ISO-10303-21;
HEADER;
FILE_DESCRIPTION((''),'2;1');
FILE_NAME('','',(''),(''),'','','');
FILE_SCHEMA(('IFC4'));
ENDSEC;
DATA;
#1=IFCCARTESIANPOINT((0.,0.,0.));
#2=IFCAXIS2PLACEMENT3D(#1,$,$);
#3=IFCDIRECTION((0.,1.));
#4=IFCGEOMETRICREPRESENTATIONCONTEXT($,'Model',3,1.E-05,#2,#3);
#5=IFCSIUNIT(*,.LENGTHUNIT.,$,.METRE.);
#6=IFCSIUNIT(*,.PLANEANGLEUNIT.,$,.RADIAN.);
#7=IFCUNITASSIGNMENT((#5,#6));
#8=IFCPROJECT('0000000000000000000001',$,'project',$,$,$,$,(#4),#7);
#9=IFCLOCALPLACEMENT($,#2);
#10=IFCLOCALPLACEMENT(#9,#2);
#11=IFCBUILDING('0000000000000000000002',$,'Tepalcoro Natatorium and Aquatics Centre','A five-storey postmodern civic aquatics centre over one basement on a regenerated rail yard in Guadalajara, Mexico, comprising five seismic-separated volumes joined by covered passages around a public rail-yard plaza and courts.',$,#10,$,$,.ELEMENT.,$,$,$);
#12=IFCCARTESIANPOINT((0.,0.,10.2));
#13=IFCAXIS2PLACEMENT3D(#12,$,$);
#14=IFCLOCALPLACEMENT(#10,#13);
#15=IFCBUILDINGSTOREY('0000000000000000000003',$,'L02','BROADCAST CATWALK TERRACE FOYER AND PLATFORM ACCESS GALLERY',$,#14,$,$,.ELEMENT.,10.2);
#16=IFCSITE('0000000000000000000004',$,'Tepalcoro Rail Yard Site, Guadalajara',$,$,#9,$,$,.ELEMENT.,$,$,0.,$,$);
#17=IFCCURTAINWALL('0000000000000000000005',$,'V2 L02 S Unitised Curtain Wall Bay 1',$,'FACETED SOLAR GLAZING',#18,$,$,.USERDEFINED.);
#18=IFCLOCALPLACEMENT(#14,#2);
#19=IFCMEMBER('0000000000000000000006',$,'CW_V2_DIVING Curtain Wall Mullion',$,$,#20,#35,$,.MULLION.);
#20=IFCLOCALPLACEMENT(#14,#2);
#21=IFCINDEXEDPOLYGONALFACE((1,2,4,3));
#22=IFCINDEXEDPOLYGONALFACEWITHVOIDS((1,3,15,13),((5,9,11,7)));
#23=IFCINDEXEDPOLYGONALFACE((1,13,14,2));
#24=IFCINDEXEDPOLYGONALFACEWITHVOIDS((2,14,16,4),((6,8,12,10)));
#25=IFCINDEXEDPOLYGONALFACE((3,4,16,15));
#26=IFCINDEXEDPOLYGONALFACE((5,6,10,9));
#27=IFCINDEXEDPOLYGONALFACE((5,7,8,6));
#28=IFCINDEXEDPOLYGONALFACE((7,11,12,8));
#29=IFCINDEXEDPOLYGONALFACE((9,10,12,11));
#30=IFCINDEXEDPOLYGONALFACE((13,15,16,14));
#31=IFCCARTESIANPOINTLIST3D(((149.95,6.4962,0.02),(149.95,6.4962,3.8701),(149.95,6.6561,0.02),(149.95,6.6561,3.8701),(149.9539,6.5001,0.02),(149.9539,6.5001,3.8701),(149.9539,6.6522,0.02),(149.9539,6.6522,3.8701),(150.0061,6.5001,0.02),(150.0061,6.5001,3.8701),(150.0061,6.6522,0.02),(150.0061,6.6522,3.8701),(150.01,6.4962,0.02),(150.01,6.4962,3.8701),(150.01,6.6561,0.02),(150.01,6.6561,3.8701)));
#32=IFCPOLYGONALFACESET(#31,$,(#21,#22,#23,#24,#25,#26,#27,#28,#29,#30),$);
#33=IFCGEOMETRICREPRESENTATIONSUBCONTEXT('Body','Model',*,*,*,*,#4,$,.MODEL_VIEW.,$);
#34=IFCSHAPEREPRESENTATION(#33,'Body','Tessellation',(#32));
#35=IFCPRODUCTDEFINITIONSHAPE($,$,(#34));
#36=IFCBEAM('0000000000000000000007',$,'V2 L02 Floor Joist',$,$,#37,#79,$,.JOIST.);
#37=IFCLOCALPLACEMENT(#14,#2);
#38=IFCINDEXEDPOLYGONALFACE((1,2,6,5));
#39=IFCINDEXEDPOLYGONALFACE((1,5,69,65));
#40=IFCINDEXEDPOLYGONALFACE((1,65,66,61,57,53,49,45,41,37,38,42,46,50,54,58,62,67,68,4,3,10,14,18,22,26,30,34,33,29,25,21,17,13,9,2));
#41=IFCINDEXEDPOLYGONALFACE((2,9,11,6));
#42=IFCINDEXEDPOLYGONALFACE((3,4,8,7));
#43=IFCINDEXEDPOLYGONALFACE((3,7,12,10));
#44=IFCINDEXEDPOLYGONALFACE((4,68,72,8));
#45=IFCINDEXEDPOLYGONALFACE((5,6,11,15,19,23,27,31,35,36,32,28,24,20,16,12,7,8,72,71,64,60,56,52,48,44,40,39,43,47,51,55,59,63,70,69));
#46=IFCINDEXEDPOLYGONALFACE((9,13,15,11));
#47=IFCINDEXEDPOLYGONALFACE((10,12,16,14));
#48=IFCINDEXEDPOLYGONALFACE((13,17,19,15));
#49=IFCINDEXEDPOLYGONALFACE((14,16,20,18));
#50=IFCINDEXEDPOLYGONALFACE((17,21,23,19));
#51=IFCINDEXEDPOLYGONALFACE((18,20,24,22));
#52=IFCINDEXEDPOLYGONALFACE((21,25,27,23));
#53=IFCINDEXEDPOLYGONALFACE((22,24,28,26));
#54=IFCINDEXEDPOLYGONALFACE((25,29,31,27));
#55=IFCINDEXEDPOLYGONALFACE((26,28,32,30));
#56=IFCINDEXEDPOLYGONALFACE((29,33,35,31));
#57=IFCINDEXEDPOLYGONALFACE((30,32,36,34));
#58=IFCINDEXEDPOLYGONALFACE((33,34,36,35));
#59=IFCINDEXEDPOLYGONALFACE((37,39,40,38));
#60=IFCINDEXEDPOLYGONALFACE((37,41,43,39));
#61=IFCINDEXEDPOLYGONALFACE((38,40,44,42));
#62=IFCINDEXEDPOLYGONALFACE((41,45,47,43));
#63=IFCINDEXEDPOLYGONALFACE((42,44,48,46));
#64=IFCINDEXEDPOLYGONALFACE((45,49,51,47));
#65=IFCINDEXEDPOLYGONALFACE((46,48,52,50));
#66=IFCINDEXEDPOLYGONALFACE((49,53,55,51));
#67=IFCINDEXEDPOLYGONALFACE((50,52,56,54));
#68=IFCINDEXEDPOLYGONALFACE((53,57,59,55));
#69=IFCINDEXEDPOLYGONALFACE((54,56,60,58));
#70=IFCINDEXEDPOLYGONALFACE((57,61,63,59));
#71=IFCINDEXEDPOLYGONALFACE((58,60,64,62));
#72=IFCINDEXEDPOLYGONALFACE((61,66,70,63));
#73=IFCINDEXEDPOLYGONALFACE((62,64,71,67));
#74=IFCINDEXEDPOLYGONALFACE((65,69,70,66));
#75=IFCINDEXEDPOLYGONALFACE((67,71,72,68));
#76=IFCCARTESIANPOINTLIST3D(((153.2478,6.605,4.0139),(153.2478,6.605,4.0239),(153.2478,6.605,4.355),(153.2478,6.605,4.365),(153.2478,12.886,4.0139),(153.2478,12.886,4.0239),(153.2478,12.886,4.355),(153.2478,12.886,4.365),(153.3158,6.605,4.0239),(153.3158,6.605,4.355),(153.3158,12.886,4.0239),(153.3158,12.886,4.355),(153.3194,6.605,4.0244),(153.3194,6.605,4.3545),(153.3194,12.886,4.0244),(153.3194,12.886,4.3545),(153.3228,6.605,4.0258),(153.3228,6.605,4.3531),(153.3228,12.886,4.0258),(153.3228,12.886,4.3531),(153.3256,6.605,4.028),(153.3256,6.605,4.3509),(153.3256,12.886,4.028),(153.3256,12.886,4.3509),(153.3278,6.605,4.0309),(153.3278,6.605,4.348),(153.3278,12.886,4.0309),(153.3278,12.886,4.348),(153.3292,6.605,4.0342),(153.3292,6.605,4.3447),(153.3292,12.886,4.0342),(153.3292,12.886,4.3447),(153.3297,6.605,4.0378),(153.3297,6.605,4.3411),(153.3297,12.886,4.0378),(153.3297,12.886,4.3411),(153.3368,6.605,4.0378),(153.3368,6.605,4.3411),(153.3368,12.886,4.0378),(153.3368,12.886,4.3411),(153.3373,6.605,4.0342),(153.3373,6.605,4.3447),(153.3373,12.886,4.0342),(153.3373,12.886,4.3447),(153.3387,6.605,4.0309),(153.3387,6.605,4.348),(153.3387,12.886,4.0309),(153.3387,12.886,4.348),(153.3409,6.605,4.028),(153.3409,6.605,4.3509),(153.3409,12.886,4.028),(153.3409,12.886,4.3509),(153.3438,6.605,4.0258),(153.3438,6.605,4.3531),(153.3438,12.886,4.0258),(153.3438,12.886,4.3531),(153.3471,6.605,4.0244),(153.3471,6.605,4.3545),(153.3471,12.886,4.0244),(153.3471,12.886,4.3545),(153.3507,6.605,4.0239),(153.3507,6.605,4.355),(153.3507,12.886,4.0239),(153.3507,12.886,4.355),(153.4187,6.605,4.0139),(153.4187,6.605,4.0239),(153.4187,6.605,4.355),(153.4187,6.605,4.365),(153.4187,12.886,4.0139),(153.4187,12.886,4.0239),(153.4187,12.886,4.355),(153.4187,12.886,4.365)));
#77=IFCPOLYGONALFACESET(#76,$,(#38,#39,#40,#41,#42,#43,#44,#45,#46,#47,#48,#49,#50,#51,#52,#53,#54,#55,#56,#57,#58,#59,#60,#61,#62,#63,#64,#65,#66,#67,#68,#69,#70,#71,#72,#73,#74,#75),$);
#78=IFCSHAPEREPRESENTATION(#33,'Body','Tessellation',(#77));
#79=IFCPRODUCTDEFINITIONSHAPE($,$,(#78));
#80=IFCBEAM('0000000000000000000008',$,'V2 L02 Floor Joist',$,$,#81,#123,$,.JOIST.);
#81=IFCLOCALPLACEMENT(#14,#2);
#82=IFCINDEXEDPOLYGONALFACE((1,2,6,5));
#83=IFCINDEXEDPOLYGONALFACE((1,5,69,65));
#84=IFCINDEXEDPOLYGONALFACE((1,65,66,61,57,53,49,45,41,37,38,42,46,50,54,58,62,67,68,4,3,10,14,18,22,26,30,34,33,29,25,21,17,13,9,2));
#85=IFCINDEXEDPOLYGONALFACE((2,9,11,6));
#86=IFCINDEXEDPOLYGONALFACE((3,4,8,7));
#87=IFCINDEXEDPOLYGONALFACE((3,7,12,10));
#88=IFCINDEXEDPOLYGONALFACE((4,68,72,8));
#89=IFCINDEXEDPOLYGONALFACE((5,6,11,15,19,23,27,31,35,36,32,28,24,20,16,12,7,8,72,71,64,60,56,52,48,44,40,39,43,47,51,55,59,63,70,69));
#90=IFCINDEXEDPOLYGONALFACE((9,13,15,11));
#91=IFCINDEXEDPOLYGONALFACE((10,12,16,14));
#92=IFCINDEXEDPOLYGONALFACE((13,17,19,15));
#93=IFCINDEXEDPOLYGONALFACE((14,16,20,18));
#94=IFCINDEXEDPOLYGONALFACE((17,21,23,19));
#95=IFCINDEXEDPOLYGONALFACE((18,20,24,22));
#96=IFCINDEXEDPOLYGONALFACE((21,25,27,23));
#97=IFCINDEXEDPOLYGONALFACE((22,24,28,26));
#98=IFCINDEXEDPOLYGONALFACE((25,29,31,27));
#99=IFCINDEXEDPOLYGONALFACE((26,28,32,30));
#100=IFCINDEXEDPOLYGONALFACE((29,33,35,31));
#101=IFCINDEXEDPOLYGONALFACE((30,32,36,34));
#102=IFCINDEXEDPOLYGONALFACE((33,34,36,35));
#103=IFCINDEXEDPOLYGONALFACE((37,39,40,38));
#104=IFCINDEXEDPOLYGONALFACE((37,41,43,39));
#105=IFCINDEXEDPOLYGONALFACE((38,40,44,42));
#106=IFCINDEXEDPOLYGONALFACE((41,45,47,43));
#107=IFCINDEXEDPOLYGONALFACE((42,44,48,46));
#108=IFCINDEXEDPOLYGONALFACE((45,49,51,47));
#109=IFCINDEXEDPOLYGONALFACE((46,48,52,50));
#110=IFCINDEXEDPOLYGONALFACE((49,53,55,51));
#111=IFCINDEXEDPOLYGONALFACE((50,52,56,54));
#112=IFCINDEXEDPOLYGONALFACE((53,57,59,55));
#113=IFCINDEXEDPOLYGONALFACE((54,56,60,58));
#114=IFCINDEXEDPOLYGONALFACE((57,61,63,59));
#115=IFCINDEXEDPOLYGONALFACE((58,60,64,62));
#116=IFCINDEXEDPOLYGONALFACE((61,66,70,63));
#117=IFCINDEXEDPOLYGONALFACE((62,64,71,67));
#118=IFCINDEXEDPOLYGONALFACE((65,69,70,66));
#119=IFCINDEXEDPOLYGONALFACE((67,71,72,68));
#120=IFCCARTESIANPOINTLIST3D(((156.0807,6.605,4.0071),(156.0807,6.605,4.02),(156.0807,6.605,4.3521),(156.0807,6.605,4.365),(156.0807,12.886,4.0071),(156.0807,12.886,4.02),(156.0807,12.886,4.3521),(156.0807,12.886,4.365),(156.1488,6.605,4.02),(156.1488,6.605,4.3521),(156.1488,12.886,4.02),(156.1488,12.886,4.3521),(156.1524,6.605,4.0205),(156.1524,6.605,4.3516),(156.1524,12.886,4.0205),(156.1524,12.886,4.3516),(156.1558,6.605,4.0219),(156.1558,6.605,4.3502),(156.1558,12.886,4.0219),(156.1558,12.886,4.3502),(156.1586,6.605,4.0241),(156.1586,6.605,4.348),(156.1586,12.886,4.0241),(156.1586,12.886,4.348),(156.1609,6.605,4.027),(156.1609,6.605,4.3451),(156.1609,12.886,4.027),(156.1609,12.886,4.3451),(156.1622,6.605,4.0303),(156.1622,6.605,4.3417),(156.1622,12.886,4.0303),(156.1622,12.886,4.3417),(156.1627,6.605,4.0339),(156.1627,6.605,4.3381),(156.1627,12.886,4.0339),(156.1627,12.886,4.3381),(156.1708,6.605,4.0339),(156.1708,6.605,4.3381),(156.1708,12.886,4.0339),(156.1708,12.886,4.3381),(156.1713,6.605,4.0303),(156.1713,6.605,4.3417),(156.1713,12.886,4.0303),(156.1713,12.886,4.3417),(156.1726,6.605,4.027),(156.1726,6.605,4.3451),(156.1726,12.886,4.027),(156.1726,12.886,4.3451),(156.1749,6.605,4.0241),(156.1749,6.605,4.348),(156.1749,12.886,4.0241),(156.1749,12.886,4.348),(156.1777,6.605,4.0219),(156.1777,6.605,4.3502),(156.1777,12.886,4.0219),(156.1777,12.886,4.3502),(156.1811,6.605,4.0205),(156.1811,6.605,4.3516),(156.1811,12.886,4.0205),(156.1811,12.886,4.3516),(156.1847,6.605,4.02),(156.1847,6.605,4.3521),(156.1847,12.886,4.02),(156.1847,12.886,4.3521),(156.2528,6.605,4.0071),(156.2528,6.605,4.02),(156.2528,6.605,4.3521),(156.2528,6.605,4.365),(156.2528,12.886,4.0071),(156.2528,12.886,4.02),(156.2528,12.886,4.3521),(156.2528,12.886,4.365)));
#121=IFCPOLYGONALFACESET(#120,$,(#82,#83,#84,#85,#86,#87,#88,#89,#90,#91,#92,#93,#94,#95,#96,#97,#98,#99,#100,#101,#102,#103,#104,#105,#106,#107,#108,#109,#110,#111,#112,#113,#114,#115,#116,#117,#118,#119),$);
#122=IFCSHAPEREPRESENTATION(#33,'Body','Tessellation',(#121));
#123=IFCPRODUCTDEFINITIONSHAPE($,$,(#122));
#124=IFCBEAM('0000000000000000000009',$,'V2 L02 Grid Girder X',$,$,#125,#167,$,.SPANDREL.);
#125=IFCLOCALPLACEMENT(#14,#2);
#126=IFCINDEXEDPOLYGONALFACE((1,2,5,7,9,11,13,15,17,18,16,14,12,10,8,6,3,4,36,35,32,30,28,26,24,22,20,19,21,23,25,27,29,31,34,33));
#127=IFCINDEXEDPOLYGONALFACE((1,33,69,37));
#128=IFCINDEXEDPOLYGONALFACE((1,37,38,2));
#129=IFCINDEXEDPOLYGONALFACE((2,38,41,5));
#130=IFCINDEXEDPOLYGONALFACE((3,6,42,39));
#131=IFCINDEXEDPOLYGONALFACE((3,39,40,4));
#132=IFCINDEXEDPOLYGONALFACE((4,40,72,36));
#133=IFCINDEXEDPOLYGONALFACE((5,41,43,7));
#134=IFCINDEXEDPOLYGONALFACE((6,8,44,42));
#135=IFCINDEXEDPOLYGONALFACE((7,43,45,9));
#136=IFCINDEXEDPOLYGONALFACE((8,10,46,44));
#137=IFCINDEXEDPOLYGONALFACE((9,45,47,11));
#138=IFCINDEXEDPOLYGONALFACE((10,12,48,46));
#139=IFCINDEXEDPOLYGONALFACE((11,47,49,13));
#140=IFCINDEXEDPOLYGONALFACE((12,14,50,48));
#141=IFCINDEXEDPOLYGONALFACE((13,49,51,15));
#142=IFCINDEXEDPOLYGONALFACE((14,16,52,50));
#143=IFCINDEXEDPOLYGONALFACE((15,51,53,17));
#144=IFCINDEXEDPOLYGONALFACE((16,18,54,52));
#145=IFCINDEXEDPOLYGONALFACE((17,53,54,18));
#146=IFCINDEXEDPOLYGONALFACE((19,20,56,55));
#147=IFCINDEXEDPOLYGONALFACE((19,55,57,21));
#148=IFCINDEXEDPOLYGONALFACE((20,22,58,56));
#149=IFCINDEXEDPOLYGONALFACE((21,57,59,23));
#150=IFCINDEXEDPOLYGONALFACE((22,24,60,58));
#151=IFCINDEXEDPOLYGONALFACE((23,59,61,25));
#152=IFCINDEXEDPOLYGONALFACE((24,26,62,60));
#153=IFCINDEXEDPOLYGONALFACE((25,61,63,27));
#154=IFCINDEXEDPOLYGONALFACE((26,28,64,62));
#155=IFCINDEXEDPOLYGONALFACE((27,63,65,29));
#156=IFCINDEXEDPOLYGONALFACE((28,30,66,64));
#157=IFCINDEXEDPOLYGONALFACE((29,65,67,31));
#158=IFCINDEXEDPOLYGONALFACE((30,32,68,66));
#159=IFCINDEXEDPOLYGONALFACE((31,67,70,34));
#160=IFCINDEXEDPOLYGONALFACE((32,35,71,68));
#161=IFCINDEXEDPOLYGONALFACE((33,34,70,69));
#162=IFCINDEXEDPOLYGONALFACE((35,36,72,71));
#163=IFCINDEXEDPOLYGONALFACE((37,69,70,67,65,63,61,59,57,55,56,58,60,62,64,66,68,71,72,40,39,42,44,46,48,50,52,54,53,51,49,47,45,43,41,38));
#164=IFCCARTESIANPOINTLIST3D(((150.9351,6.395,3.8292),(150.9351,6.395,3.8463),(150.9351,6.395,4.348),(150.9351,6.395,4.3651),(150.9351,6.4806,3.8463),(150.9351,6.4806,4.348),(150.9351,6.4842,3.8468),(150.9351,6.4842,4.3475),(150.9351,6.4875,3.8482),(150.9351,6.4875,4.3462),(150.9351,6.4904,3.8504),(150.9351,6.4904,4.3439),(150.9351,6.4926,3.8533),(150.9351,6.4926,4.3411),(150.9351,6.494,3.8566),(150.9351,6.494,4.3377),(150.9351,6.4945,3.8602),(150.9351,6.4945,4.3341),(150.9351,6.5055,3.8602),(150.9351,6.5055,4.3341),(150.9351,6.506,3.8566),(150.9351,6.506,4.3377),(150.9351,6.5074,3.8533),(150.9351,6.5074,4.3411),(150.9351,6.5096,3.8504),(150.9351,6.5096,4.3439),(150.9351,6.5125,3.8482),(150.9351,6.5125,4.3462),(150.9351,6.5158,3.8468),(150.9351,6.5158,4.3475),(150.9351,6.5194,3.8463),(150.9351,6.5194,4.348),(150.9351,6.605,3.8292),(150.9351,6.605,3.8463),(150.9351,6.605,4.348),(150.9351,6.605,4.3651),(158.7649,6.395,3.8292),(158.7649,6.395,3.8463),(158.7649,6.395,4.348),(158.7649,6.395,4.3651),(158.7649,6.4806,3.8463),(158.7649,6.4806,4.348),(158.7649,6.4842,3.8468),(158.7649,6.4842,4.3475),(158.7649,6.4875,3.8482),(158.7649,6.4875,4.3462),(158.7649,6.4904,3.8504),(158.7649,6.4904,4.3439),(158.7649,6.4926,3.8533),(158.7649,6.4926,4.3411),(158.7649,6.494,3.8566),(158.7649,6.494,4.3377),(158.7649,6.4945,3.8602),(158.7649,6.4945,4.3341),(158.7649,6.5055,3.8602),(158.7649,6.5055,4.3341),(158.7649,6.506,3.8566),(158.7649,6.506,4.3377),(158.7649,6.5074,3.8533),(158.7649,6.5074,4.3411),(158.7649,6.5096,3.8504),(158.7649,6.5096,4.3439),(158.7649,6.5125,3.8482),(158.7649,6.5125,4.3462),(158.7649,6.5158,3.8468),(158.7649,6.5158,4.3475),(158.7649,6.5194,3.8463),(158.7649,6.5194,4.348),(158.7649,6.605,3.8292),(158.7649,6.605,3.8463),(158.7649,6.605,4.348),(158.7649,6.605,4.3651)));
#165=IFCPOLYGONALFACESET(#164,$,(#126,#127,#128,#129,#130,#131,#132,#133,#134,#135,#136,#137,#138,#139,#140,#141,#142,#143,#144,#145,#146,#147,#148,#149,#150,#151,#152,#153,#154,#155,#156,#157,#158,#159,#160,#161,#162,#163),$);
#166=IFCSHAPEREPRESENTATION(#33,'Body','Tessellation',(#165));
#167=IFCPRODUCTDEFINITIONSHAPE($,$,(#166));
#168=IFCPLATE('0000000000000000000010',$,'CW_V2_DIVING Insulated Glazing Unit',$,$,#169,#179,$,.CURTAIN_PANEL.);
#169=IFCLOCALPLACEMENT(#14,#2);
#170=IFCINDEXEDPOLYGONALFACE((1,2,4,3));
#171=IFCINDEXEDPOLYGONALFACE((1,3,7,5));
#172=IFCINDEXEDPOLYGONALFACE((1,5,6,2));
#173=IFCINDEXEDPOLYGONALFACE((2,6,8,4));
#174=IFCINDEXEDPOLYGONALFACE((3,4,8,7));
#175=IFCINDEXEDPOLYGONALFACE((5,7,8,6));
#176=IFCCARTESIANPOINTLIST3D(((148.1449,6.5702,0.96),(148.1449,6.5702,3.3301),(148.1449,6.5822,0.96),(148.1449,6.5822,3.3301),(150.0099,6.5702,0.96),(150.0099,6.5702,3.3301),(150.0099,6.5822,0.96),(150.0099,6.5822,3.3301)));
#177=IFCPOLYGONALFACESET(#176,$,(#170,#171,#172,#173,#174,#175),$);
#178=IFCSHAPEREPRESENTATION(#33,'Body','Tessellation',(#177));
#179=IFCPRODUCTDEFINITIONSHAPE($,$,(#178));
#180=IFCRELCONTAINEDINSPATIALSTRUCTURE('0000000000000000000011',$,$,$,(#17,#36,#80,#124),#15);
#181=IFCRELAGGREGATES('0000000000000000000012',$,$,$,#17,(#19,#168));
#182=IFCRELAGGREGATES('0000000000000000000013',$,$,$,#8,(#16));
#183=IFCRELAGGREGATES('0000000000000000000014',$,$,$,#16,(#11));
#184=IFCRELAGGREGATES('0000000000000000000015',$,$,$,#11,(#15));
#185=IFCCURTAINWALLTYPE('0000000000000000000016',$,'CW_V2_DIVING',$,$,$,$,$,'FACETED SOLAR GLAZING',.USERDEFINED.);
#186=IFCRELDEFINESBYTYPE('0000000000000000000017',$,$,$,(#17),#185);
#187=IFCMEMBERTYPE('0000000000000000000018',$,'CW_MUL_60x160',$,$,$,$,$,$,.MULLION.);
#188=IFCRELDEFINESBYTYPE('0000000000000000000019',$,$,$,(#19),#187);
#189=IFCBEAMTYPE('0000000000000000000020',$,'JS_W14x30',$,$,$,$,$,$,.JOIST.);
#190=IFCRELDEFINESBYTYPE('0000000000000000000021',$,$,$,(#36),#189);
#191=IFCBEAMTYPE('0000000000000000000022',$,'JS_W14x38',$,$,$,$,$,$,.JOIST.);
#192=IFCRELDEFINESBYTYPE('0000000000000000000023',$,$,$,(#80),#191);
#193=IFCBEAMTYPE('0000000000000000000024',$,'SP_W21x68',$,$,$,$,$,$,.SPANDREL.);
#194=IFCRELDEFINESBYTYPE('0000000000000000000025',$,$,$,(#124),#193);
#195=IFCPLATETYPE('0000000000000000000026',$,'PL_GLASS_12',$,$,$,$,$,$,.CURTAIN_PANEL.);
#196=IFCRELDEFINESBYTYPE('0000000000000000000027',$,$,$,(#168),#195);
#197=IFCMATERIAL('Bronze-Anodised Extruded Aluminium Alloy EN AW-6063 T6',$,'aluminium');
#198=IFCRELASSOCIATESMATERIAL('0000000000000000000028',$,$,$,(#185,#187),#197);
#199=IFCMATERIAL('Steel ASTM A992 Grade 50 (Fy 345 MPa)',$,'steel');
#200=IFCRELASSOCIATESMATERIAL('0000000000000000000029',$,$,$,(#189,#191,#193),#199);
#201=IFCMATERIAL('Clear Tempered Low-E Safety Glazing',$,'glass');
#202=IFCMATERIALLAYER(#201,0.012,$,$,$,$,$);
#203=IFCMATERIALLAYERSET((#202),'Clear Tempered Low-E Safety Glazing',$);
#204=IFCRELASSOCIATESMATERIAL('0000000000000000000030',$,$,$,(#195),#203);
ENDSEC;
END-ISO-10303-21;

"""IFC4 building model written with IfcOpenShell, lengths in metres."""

from ifc_helpers import new_model, si_unit, direction, frame, origin, origin_2d, place, context, subcontext, project, spatial, rectangle, hollow_rectangle, i_section, extrude, material, layer, layer_set, material_profile, profile_set, type_object, element, aggregate, save


model = new_model("IFC4")

# Units and contexts
model_context = context("Model", 3, precision=1e-05, world=origin(), true_north=direction((0.0, 1.0)))
body_context = subcontext(model_context, "Body", "Model", "MODEL_VIEW")
ifc_project = project(units=[si_unit("LENGTHUNIT", "METRE"), si_unit("PLANEANGLEUNIT", "RADIAN")], contexts=[model_context])

# Site, building, storey
site_placement = place(None, origin())
site = spatial("IfcSite", under=ifc_project, at=site_placement, Name="Tepalcoro Rail Yard Site, Guadalajara", CompositionType="ELEMENT", RefElevation=0.0)
building_placement = place(site_placement, origin())
building = spatial("IfcBuilding", under=site, at=building_placement, Name="Tepalcoro Natatorium and Aquatics Centre", Description="A five-storey postmodern civic aquatics centre over one basement on a regenerated rail yard in Guadalajara, Mexico, comprising five seismic-separated volumes joined by covered passages around a public rail-yard plaza and courts.", CompositionType="ELEMENT")
storey_placement = place(building_placement, frame((0.0, 0.0, 10.2)))
storey = spatial("IfcBuildingStorey", under=building, at=storey_placement, Name="L02", Description="BROADCAST CATWALK TERRACE FOYER AND PLATFORM ACCESS GALLERY", CompositionType="ELEMENT", Elevation=10.2)

# Shared definitions
ifc_material_1 = material(Name="Steel ASTM A992 Grade 50 (Fy 345 MPa)", Category="steel")

# Curtain wall, member
ifc_material_2 = material(Name="Bronze-Anodised Extruded Aluminium Alloy EN AW-6063 T6", Category="aluminium")
curtain_wall_type = type_object("IfcCurtainWallType", Name="CW_V2_DIVING", ElementType="FACETED SOLAR GLAZING", PredefinedType="USERDEFINED", material=ifc_material_2)
curtain_wall_placement = place(storey_placement, origin())
curtain_wall = element("IfcCurtainWall", 1, at=curtain_wall_placement, inside=storey, type_object=curtain_wall_type, Name="V2 L02 S Unitised Curtain Wall Bay 1", ObjectType="FACETED SOLAR GLAZING", PredefinedType="USERDEFINED")
ifc_material_profile_1 = material_profile(ifc_material_2, hollow_rectangle(XDim=0.0601, YDim=0.1599, WallThickness=0.0039, at=origin_2d()), Name="AL60X160X4")
ifc_profile_set_1 = profile_set([ifc_material_profile_1], Name="Bronze-Anodised Extruded Aluminium Alloy EN AW-6063 T6")
member_type = type_object("IfcMemberType", Name="CW_MUL_60x160", PredefinedType="MULLION", material=ifc_profile_set_1)
member_placement = place(storey_placement, frame((149.98, 6.5762, 0.02), z_axis=(0.0, 0.0, 1.0), x_axis=(1.0, 0.0, 0.0)))
member = element("IfcMember", 2, at=member_placement, type_object=member_type, Name="CW_V2_DIVING Curtain Wall Mullion", PredefinedType="MULLION", context=body_context, shape_type="SweptSolid", body=[
    extrude(hollow_rectangle(XDim=0.0601, YDim=0.1599, WallThickness=0.0039, at=origin_2d()), origin(), (0.0, 0.0, 1.0), 3.8501),
])

# Beams
ifc_material_profile_2 = material_profile(ifc_material_1, i_section(OverallWidth=0.1709, OverallDepth=0.3511, WebThickness=0.0071, FlangeThickness=0.01, FilletRadius=0.0139, at=origin_2d()), Name="W14X30")
ifc_profile_set_2 = profile_set([ifc_material_profile_2], Name="Steel ASTM A992 Grade 50 (Fy 345 MPa)")
beam_type_1 = type_object("IfcBeamType", Name="JS_W14x30", PredefinedType="JOIST", material=ifc_profile_set_2)
beam_1_placement = place(storey_placement, frame((153.3333, 6.605, 4.1895), z_axis=(0.0, 1.0, 0.0), x_axis=(-1.0, 0.0, 0.0)))
element("IfcBeam", 3, at=beam_1_placement, inside=storey, type_object=beam_type_1, Name="V2 L02 Floor Joist", PredefinedType="JOIST", context=body_context, shape_type="SweptSolid", body=[
    extrude(i_section(OverallWidth=0.1709, OverallDepth=0.3511, WebThickness=0.0071, FlangeThickness=0.01, FilletRadius=0.0139, at=origin_2d()), origin(), (0.0, 0.0, 1.0), 6.281),
])
ifc_material_profile_3 = material_profile(ifc_material_1, i_section(OverallWidth=0.1721, OverallDepth=0.3579, WebThickness=0.0081, FlangeThickness=0.0129, FilletRadius=0.0139, at=origin_2d()), Name="W14X38")
ifc_profile_set_3 = profile_set([ifc_material_profile_3], Name="Steel ASTM A992 Grade 50 (Fy 345 MPa)")
beam_type_2 = type_object("IfcBeamType", Name="JS_W14x38", PredefinedType="JOIST", material=ifc_profile_set_3)
beam_2_placement = place(storey_placement, frame((156.1667, 6.605, 4.186), z_axis=(0.0, 1.0, 0.0), x_axis=(-1.0, 0.0, 0.0)))
element("IfcBeam", 4, at=beam_2_placement, inside=storey, type_object=beam_type_2, Name="V2 L02 Floor Joist", PredefinedType="JOIST", context=body_context, shape_type="SweptSolid", body=[
    extrude(i_section(OverallWidth=0.1721, OverallDepth=0.3579, WebThickness=0.0081, FlangeThickness=0.0129, FilletRadius=0.0139, at=origin_2d()), origin(), (0.0, 0.0, 1.0), 6.281),
])
ifc_material_profile_4 = material_profile(ifc_material_1, i_section(OverallWidth=0.21, OverallDepth=0.5359, WebThickness=0.011, FlangeThickness=0.0171, FilletRadius=0.0139, at=origin_2d()), Name="W21X68")
ifc_profile_set_4 = profile_set([ifc_material_profile_4], Name="Steel ASTM A992 Grade 50 (Fy 345 MPa)")
beam_type_3 = type_object("IfcBeamType", Name="SP_W21x68", PredefinedType="SPANDREL", material=ifc_profile_set_4)
beam_3_placement = place(storey_placement, frame((150.9351, 6.5, 4.0972), z_axis=(1.0, 0.0, 0.0), x_axis=(0.0, 1.0, 0.0)))
element("IfcBeam", 5, at=beam_3_placement, inside=storey, type_object=beam_type_3, Name="V2 L02 Grid Girder X", PredefinedType="SPANDREL", context=body_context, shape_type="SweptSolid", body=[
    extrude(i_section(OverallWidth=0.21, OverallDepth=0.5359, WebThickness=0.011, FlangeThickness=0.0171, FilletRadius=0.0139, at=origin_2d()), origin(), (0.0, 0.0, 1.0), 7.8298),
])

# Plate
ifc_material_3 = material(Name="Clear Tempered Low-E Safety Glazing", Category="glass")
ifc_layer_1 = layer(ifc_material_3, 0.012)
ifc_layer_set_1 = layer_set([ifc_layer_1], Name="Clear Tempered Low-E Safety Glazing")
plate_type_1 = type_object("IfcPlateType", Name="PL_GLASS_12", PredefinedType="CURTAIN_PANEL", material=ifc_layer_set_1)
plate_1_placement = place(storey_placement, frame((149.0774, 6.5762, 0.96), z_axis=(0.0, 0.0, 1.0), x_axis=(1.0, 0.0, 0.0)))
plate_1 = element("IfcPlate", 6, at=plate_1_placement, type_object=plate_type_1, Name="CW_V2_DIVING Insulated Glazing Unit", PredefinedType="CURTAIN_PANEL", context=body_context, shape_type="SweptSolid", body=[
    extrude(rectangle(XDim=1.865, YDim=0.012, at=origin_2d()), origin(), (0.0, 0.0, 1.0), 2.3701),
])
aggregate(curtain_wall, [member, plate_1])

save(model, "model.ifc")
